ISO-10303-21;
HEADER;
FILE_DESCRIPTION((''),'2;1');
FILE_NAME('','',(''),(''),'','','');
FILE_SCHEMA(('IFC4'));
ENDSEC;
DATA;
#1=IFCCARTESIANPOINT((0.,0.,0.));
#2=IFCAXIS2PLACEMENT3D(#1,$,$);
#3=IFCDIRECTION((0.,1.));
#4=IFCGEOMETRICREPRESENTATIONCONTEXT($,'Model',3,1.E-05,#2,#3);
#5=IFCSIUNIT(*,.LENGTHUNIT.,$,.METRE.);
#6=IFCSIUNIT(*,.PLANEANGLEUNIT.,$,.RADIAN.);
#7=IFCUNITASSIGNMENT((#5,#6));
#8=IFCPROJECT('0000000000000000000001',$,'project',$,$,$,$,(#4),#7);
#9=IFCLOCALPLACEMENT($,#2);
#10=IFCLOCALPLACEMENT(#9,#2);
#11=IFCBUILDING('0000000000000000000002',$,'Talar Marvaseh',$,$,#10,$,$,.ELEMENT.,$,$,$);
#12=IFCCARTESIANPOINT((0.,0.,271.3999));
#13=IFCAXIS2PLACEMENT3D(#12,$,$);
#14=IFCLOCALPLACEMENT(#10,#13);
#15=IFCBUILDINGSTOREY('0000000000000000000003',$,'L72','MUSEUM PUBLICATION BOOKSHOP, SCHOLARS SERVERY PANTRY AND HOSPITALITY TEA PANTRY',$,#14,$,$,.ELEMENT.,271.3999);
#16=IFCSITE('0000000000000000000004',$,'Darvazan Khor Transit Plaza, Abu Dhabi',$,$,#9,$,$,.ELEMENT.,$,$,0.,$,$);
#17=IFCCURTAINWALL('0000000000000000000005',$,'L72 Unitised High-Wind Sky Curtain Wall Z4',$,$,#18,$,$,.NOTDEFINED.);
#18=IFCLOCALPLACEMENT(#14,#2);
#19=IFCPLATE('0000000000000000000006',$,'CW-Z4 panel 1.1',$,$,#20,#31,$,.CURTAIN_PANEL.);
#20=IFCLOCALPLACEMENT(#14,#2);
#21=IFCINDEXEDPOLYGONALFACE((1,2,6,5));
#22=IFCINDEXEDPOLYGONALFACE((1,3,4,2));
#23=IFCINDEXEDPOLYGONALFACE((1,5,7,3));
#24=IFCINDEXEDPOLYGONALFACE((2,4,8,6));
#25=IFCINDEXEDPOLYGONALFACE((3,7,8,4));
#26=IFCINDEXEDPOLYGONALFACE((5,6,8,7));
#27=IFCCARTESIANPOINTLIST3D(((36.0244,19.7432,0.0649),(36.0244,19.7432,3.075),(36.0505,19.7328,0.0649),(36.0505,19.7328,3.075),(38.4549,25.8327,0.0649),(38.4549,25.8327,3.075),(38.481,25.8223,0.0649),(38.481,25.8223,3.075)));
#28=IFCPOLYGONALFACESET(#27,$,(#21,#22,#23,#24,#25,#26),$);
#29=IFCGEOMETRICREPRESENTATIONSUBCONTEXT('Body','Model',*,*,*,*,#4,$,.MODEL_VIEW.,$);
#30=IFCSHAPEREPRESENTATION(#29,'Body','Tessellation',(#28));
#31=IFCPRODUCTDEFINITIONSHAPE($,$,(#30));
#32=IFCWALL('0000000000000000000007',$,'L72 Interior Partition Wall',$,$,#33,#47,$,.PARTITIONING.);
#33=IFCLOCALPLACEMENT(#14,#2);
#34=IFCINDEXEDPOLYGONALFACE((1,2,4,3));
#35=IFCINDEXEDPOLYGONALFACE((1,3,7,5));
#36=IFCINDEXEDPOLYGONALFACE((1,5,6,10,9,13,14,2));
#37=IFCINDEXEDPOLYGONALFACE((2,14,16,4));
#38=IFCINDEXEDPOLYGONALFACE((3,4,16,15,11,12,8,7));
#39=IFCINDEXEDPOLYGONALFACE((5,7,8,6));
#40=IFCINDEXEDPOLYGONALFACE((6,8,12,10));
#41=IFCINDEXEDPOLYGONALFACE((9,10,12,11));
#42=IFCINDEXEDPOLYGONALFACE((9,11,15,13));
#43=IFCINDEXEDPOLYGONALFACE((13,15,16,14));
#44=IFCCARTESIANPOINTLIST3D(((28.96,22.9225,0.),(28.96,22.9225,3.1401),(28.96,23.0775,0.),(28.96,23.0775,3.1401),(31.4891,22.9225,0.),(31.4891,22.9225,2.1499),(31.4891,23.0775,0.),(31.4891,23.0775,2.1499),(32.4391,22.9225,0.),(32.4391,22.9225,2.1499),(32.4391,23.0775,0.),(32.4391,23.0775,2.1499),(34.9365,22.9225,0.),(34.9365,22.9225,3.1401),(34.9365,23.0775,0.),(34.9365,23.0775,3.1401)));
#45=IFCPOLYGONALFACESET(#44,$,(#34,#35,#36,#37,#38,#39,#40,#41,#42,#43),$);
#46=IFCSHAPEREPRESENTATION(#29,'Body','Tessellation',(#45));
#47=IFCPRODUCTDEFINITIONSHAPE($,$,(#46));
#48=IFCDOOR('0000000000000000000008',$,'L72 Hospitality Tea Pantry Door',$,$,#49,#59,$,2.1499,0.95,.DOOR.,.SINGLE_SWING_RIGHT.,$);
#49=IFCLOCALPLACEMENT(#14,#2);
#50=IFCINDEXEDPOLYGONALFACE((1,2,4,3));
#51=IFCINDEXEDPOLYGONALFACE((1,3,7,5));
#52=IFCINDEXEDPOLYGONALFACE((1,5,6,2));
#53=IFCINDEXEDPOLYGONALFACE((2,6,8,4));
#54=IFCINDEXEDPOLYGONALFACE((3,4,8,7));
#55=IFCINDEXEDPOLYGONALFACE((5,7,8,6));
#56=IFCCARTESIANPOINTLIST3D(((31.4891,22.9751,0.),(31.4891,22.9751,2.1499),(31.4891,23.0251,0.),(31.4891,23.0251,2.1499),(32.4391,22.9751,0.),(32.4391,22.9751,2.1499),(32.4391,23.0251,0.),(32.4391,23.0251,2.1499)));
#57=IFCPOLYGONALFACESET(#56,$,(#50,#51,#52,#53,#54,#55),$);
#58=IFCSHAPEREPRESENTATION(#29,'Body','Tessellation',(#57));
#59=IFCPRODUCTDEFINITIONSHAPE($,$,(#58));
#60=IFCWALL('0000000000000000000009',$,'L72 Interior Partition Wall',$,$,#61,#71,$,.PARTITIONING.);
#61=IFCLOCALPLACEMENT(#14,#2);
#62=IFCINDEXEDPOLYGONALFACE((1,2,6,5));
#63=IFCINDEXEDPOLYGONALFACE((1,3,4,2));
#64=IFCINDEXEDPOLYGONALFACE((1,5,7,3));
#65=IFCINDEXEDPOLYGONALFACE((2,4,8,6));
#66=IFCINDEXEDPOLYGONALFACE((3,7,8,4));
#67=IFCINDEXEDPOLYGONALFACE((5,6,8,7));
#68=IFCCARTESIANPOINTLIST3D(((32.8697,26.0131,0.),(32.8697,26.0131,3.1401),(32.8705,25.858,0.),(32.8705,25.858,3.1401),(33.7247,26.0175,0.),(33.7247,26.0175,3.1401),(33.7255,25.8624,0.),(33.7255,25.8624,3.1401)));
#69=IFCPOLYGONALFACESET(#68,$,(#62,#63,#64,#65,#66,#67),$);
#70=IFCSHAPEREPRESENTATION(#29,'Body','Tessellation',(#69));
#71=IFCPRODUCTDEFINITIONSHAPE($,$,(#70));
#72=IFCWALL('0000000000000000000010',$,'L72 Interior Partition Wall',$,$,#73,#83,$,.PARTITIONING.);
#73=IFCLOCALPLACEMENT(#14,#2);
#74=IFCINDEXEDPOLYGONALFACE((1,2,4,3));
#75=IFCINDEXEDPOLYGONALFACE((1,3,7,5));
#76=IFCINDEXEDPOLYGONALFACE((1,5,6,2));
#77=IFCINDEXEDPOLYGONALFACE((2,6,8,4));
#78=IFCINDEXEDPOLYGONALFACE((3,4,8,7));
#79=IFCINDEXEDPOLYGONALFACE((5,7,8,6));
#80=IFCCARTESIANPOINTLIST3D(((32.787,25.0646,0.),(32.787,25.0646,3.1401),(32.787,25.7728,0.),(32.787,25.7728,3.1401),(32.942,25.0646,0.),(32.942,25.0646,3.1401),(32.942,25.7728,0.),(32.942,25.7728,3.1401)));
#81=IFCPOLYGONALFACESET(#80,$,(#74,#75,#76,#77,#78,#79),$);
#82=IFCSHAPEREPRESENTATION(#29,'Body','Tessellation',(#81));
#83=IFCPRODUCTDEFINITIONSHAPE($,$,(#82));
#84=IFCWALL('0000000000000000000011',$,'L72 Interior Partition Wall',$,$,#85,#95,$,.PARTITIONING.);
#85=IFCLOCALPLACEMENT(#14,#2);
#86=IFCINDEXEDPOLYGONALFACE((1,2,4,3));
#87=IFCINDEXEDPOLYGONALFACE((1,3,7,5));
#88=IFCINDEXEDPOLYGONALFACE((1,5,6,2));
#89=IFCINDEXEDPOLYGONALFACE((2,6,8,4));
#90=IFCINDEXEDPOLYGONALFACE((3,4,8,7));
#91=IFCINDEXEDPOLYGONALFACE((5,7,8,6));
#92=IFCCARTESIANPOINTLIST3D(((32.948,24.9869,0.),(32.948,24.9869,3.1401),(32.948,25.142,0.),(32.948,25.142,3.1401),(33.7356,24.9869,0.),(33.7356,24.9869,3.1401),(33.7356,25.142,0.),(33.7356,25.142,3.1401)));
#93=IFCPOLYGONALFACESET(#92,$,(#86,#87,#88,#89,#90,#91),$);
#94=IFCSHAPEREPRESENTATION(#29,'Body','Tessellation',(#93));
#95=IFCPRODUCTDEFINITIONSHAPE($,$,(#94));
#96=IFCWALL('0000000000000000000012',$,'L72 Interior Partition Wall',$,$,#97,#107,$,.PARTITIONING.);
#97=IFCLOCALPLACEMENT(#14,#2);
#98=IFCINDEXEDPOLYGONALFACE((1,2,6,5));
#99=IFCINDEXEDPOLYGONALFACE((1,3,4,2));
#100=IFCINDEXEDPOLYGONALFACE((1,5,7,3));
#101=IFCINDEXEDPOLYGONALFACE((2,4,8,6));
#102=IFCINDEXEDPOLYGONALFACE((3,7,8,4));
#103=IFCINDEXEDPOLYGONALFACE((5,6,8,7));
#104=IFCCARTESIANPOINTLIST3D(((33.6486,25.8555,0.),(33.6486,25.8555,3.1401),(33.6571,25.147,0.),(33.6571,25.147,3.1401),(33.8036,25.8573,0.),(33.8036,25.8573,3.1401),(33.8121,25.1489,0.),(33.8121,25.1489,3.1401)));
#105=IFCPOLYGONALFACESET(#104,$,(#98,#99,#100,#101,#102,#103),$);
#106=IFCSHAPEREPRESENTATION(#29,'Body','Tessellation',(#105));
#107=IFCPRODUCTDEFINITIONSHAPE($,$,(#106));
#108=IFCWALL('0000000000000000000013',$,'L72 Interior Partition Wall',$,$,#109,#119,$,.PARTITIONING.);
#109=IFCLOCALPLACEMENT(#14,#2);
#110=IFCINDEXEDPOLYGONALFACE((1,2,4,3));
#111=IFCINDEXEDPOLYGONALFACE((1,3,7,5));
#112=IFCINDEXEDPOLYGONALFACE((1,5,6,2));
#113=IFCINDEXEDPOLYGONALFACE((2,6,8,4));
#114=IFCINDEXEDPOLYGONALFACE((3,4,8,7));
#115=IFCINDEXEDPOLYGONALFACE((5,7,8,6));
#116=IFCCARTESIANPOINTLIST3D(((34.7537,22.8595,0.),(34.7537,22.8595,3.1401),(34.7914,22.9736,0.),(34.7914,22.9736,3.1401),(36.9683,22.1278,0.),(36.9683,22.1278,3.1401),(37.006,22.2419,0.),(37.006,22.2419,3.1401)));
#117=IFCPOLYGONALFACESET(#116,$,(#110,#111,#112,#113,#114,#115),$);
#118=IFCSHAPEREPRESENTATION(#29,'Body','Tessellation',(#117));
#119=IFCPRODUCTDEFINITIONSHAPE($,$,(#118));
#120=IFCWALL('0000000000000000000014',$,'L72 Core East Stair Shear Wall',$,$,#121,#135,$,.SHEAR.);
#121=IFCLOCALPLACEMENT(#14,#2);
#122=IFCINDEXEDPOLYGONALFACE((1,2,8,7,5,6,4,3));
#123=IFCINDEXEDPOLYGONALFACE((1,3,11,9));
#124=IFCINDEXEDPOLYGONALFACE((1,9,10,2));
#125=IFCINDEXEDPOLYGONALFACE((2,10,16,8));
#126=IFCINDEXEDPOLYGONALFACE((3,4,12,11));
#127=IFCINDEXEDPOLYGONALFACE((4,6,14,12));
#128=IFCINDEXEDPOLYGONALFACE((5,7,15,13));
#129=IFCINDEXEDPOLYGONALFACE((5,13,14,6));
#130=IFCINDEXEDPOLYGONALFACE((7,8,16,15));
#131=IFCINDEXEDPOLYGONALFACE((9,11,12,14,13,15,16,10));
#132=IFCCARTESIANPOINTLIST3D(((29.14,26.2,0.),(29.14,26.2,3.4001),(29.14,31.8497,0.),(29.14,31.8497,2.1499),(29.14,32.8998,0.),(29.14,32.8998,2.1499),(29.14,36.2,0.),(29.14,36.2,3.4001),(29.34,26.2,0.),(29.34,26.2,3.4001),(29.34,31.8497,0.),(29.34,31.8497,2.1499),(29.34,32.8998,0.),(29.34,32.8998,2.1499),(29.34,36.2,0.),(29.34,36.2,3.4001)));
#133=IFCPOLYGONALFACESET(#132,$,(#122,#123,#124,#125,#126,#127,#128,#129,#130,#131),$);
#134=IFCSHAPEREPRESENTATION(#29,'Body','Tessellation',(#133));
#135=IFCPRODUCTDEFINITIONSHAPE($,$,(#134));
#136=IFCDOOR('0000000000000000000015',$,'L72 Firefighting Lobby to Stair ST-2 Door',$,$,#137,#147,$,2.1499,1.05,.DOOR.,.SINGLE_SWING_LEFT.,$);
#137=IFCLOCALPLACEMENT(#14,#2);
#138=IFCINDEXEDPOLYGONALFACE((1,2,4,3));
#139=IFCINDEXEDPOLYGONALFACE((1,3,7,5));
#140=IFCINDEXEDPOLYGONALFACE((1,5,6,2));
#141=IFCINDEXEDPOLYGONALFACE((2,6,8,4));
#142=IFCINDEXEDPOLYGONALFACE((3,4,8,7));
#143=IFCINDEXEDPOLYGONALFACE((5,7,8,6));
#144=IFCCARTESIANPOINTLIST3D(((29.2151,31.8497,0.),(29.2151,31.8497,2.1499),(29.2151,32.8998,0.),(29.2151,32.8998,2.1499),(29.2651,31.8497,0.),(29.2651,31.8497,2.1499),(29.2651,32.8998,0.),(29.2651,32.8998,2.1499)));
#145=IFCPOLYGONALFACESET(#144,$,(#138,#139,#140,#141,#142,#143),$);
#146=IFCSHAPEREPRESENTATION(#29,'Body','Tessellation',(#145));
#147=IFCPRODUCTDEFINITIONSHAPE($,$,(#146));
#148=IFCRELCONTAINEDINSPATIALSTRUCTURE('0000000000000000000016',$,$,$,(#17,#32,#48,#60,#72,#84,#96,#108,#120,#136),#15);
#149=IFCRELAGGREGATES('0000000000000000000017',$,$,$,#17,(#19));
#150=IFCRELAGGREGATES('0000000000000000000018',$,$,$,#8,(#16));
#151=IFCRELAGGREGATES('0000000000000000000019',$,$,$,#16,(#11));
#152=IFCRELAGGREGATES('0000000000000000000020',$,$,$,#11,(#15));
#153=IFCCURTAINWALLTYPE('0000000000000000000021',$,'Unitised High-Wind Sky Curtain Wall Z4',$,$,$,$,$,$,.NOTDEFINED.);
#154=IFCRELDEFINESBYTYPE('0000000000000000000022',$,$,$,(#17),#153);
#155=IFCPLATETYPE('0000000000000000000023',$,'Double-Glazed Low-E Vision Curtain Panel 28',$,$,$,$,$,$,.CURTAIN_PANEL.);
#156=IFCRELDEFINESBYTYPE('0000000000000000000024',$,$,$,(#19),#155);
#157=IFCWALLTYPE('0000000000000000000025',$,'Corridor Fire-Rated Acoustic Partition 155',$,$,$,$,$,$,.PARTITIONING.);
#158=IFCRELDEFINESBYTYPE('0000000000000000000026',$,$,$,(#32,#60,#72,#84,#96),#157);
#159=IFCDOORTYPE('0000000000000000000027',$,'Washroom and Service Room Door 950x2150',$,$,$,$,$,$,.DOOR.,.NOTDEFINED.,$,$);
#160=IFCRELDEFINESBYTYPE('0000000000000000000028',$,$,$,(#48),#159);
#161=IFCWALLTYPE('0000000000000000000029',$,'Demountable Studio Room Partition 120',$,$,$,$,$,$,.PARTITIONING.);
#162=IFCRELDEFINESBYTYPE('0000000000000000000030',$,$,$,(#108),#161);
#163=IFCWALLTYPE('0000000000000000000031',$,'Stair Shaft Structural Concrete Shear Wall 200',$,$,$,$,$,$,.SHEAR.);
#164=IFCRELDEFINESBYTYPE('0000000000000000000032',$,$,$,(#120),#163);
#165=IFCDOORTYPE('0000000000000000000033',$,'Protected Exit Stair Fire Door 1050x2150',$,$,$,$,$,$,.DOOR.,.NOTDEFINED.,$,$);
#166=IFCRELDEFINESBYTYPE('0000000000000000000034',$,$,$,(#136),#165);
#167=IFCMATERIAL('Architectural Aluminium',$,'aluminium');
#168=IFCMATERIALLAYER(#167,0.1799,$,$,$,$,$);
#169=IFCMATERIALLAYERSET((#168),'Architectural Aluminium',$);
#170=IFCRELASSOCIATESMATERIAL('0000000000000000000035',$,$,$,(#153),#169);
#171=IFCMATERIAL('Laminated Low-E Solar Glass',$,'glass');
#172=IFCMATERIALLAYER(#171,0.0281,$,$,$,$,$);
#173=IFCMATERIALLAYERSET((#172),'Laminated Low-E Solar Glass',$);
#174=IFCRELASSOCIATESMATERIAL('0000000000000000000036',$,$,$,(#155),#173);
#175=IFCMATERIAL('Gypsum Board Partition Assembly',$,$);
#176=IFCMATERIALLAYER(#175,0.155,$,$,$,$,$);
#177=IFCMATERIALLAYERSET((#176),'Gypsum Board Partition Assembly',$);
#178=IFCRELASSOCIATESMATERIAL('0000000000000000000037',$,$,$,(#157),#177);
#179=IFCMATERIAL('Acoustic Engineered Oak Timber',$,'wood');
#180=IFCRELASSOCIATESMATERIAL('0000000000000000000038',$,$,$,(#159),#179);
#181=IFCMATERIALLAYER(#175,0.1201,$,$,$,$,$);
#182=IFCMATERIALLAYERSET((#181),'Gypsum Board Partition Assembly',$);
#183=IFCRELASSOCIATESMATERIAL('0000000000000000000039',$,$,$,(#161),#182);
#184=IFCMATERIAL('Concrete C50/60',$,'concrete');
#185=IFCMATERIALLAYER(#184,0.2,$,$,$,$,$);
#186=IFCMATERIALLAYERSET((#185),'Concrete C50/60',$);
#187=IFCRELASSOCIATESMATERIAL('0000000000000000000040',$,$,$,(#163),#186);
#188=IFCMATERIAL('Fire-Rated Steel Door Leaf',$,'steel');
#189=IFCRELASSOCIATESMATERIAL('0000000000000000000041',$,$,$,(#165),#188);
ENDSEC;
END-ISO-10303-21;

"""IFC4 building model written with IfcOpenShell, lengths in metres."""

from ifc_helpers import new_model, si_unit, direction, frame, frame_2d, origin, origin_2d, place, context, subcontext, project, spatial, rectangle, extrude, source, transform, mapped, material, layer, layer_set, type_object, type_shapes, element, fill, aggregate, save


model = new_model("IFC4")

# Units and contexts
model_context = context("Model", 3, precision=1e-05, world=origin(), true_north=direction((0.0, 1.0)))
body_context = subcontext(model_context, "Body", "Model", "MODEL_VIEW")
ifc_project = project(units=[si_unit("LENGTHUNIT", "METRE"), si_unit("PLANEANGLEUNIT", "RADIAN")], contexts=[model_context])

# Site, building, storey
site_placement = place(None, origin())
site = spatial("IfcSite", under=ifc_project, at=site_placement, Name="Darvazan Khor Transit Plaza, Abu Dhabi", CompositionType="ELEMENT", RefElevation=0.0)
building_placement = place(site_placement, origin())
building = spatial("IfcBuilding", under=site, at=building_placement, Name="Talar Marvaseh", CompositionType="ELEMENT")
storey_placement = place(building_placement, frame((0.0, 0.0, 271.3999)))
storey = spatial("IfcBuildingStorey", under=building, at=storey_placement, Name="L72", Description="MUSEUM PUBLICATION BOOKSHOP, SCHOLARS SERVERY PANTRY AND HOSPITALITY TEA PANTRY", CompositionType="ELEMENT", Elevation=271.3999)

# Shared definitions
ifc_material_1 = material(Name="Concrete C50/60", Category="concrete")

# Curtain wall, plate
ifc_material_2 = material(Name="Architectural Aluminium", Category="aluminium")
ifc_layer_1 = layer(ifc_material_2, 0.1799)
ifc_layer_set_1 = layer_set([ifc_layer_1], Name="Architectural Aluminium")
curtain_wall_type = type_object("IfcCurtainWallType", Name="Unitised High-Wind Sky Curtain Wall Z4", PredefinedType="NOTDEFINED", material=ifc_layer_set_1)
curtain_wall_placement = place(storey_placement, origin())
curtain_wall = element("IfcCurtainWall", 1, at=curtain_wall_placement, inside=storey, type_object=curtain_wall_type, Name="L72 Unitised High-Wind Sky Curtain Wall Z4", PredefinedType="NOTDEFINED")
ifc_material_3 = material(Name="Laminated Low-E Solar Glass", Category="glass")
ifc_layer_2 = layer(ifc_material_3, 0.0281)
ifc_layer_set_2 = layer_set([ifc_layer_2], Name="Laminated Low-E Solar Glass")
plate_type = type_object("IfcPlateType", Name="Double-Glazed Low-E Vision Curtain Panel 28", PredefinedType="CURTAIN_PANEL", material=ifc_layer_set_2)
shared_shape_1 = source(origin(), body_context, "Body", "SweptSolid", [
    extrude(rectangle(XDim=6.5566, YDim=0.0281, at=origin_2d()), origin(), (0.0, 0.0, 1.0), 3.01),
])
type_shapes(plate_type, [shared_shape_1])
plate_placement = place(storey_placement, frame((37.2527, 22.7827, 0.0649), z_axis=(0.0, 0.0, 1.0), x_axis=(-0.370697, -0.928754, 0.0)))
plate = element("IfcPlate", 2, at=plate_placement, type_object=plate_type, Name="CW-Z4 panel 1.1", PredefinedType="CURTAIN_PANEL", context=body_context, shape_type="MappedRepresentation", body=[
    mapped(shared_shape_1, transform((0.0, 0.0, 0.0), x_axis=(1.0, 0.0, 0.0), y_axis=(0.0, 1.0, 0.0), z_axis=(0.0, 0.0, 1.0), scale=1.0)),
])
aggregate(curtain_wall, [plate])

# Wall, opening, door
ifc_material_4 = material(Name="Gypsum Board Partition Assembly")
ifc_layer_3 = layer(ifc_material_4, 0.155)
ifc_layer_set_3 = layer_set([ifc_layer_3], Name="Gypsum Board Partition Assembly")
wall_type_1 = type_object("IfcWallType", Name="Corridor Fire-Rated Acoustic Partition 155", PredefinedType="PARTITIONING", material=ifc_layer_set_3)
wall_1_placement = place(storey_placement, frame((34.9365, 23.0, 0.0), z_axis=(0.0, 0.0, 1.0), x_axis=(-1.0, 0.0, 0.0)))
wall_1 = element("IfcWall", 3, at=wall_1_placement, inside=storey, type_object=wall_type_1, Name="L72 Interior Partition Wall", PredefinedType="PARTITIONING", context=body_context, shape_type="SweptSolid", body=[
    extrude(rectangle(XDim=5.9766, YDim=0.155, at=frame_2d((2.9883, 0.0))), origin(), (0.0, 0.0, 1.0), 3.1401),
])
opening_1_placement = place(wall_1_placement, frame((2.4973, 0.0, 0.0)))
opening_1 = element("IfcOpeningElement", 4, at=opening_1_placement, cuts=wall_1, PredefinedType="OPENING", context=body_context, shape_type="SweptSolid", body=[
    extrude(rectangle(XDim=0.95, YDim=2.1499, at=frame_2d((0.4751, 1.075))), frame((0.0, 0.0874, 0.0), z_axis=(0.0, -1.0, 0.0), x_axis=(1.0, 0.0, 0.0)), (0.0, 0.0, 1.0), 0.175),
])
ifc_material_5 = material(Name="Acoustic Engineered Oak Timber", Category="wood")
door_type_1 = type_object("IfcDoorType", Name="Washroom and Service Room Door 950x2150", OperationType="NOTDEFINED", PredefinedType="DOOR", material=ifc_material_5)
shared_shape_2 = source(origin(), body_context, "Body", "SweptSolid", [
    extrude(rectangle(XDim=0.95, YDim=2.1499, at=frame_2d((0.4751, 1.075))), frame((0.0, 0.0249, 0.0), z_axis=(0.0, -1.0, 0.0), x_axis=(1.0, 0.0, 0.0)), (0.0, 0.0, 1.0), 0.05),
])
type_shapes(door_type_1, [shared_shape_2])
door_1_placement = place(opening_1_placement, origin())
door_1 = element("IfcDoor", 5, at=door_1_placement, inside=storey, type_object=door_type_1, Name="L72 Hospitality Tea Pantry Door", OperationType="SINGLE_SWING_RIGHT", OverallHeight=2.1499, OverallWidth=0.95, PredefinedType="DOOR", context=body_context, shape_type="MappedRepresentation", body=[
    mapped(shared_shape_2, transform((0.0, 0.0, 0.0), x_axis=(1.0, 0.0, 0.0), y_axis=(0.0, 1.0, 0.0), z_axis=(0.0, 0.0, 1.0), scale=1.0)),
])
fill(opening_1, door_1)

# Walls
wall_2_placement = place(storey_placement, frame((33.7251, 25.9399, 0.0), z_axis=(0.0, 0.0, 1.0), x_axis=(-0.999987, -0.00514, 0.0)))
element("IfcWall", 6, at=wall_2_placement, inside=storey, type_object=wall_type_1, Name="L72 Interior Partition Wall", PredefinedType="PARTITIONING", context=body_context, shape_type="SweptSolid", body=[
    extrude(rectangle(XDim=0.855, YDim=0.155, at=frame_2d((0.4275, 0.0))), origin(), (0.0, 0.0, 1.0), 3.1401),
])
wall_3_placement = place(storey_placement, frame((32.8645, 25.7727, 0.0), z_axis=(0.0, 0.0, 1.0), x_axis=(0.0, -1.0, 0.0)))
element("IfcWall", 7, at=wall_3_placement, inside=storey, type_object=wall_type_1, Name="L72 Interior Partition Wall", PredefinedType="PARTITIONING", context=body_context, shape_type="SweptSolid", body=[
    extrude(rectangle(XDim=0.7083, YDim=0.155, at=frame_2d((0.354, 0.0))), origin(), (0.0, 0.0, 1.0), 3.1401),
])
wall_4_placement = place(storey_placement, frame((32.948, 25.0645, 0.0), z_axis=(0.0, 0.0, 1.0), x_axis=(1.0, 0.0, 0.0)))
element("IfcWall", 8, at=wall_4_placement, inside=storey, type_object=wall_type_1, Name="L72 Interior Partition Wall", PredefinedType="PARTITIONING", context=body_context, shape_type="SweptSolid", body=[
    extrude(rectangle(XDim=0.7876, YDim=0.155, at=frame_2d((0.3938, 0.0))), origin(), (0.0, 0.0, 1.0), 3.1401),
])
wall_5_placement = place(storey_placement, frame((33.7346, 25.1479, 0.0), z_axis=(0.0, 0.0, 1.0), x_axis=(-0.01206, 0.999927, 0.0)))
element("IfcWall", 9, at=wall_5_placement, inside=storey, type_object=wall_type_1, Name="L72 Interior Partition Wall", PredefinedType="PARTITIONING", context=body_context, shape_type="SweptSolid", body=[
    extrude(rectangle(XDim=0.7085, YDim=0.155, at=frame_2d((0.3542, 0.0))), origin(), (0.0, 0.0, 1.0), 3.1401),
])
ifc_layer_4 = layer(ifc_material_4, 0.1201)
ifc_layer_set_4 = layer_set([ifc_layer_4], Name="Gypsum Board Partition Assembly")
wall_type_2 = type_object("IfcWallType", Name="Demountable Studio Room Partition 120", PredefinedType="PARTITIONING", material=ifc_layer_set_4)
wall_6_placement = place(storey_placement, frame((34.7727, 22.9165, 0.0), z_axis=(0.0, 0.0, 1.0), x_axis=(0.949517, -0.313714, 0.0)))
element("IfcWall", 10, at=wall_6_placement, inside=storey, type_object=wall_type_2, Name="L72 Interior Partition Wall", PredefinedType="PARTITIONING", context=body_context, shape_type="SweptSolid", body=[
    extrude(rectangle(XDim=2.3323, YDim=0.1201, at=frame_2d((1.166, 0.0))), origin(), (0.0, 0.0, 1.0), 3.1401),
])

# Wall, opening, door
ifc_layer_5 = layer(ifc_material_1, 0.2)
ifc_layer_set_5 = layer_set([ifc_layer_5], Name="Concrete C50/60")
wall_type_3 = type_object("IfcWallType", Name="Stair Shaft Structural Concrete Shear Wall 200", PredefinedType="SHEAR", material=ifc_layer_set_5)
wall_7_placement = place(storey_placement, frame((29.24, 26.2, 0.0), z_axis=(0.0, 0.0, 1.0), x_axis=(0.0, 1.0, 0.0)))
wall_7 = element("IfcWall", 11, at=wall_7_placement, inside=storey, type_object=wall_type_3, Name="L72 Core East Stair Shear Wall", PredefinedType="SHEAR", context=body_context, shape_type="SweptSolid", body=[
    extrude(rectangle(XDim=10.0, YDim=0.2, at=frame_2d((5.0, 0.0))), origin(), (0.0, 0.0, 1.0), 3.4001),
])
opening_2_placement = place(wall_7_placement, frame((5.6499, 0.0, 0.0)))
opening_2 = element("IfcOpeningElement", 12, at=opening_2_placement, cuts=wall_7, PredefinedType="OPENING", context=body_context, shape_type="SweptSolid", body=[
    extrude(rectangle(XDim=1.05, YDim=2.1499, at=frame_2d((0.5249, 1.075))), frame((0.0, 0.1099, 0.0), z_axis=(0.0, -1.0, 0.0), x_axis=(1.0, 0.0, 0.0)), (0.0, 0.0, 1.0), 0.22),
])
ifc_material_6 = material(Name="Fire-Rated Steel Door Leaf", Category="steel")
door_type_2 = type_object("IfcDoorType", Name="Protected Exit Stair Fire Door 1050x2150", OperationType="NOTDEFINED", PredefinedType="DOOR", material=ifc_material_6)
shared_shape_3 = source(origin(), body_context, "Body", "SweptSolid", [
    extrude(rectangle(XDim=1.05, YDim=2.1499, at=frame_2d((0.5249, 1.075))), frame((0.0, 0.0249, 0.0), z_axis=(0.0, -1.0, 0.0), x_axis=(1.0, 0.0, 0.0)), (0.0, 0.0, 1.0), 0.05),
])
type_shapes(door_type_2, [shared_shape_3])
door_2_placement = place(opening_2_placement, origin())
door_2 = element("IfcDoor", 13, at=door_2_placement, inside=storey, type_object=door_type_2, Name="L72 Firefighting Lobby to Stair ST-2 Door", OperationType="SINGLE_SWING_LEFT", OverallHeight=2.1499, OverallWidth=1.05, PredefinedType="DOOR", context=body_context, shape_type="MappedRepresentation", body=[
    mapped(shared_shape_3, transform((0.0, 0.0, 0.0), x_axis=(1.0, 0.0, 0.0), y_axis=(0.0, 1.0, 0.0), z_axis=(0.0, 0.0, 1.0), scale=1.0)),
])
fill(opening_2, door_2)

save(model, "model.ifc")
